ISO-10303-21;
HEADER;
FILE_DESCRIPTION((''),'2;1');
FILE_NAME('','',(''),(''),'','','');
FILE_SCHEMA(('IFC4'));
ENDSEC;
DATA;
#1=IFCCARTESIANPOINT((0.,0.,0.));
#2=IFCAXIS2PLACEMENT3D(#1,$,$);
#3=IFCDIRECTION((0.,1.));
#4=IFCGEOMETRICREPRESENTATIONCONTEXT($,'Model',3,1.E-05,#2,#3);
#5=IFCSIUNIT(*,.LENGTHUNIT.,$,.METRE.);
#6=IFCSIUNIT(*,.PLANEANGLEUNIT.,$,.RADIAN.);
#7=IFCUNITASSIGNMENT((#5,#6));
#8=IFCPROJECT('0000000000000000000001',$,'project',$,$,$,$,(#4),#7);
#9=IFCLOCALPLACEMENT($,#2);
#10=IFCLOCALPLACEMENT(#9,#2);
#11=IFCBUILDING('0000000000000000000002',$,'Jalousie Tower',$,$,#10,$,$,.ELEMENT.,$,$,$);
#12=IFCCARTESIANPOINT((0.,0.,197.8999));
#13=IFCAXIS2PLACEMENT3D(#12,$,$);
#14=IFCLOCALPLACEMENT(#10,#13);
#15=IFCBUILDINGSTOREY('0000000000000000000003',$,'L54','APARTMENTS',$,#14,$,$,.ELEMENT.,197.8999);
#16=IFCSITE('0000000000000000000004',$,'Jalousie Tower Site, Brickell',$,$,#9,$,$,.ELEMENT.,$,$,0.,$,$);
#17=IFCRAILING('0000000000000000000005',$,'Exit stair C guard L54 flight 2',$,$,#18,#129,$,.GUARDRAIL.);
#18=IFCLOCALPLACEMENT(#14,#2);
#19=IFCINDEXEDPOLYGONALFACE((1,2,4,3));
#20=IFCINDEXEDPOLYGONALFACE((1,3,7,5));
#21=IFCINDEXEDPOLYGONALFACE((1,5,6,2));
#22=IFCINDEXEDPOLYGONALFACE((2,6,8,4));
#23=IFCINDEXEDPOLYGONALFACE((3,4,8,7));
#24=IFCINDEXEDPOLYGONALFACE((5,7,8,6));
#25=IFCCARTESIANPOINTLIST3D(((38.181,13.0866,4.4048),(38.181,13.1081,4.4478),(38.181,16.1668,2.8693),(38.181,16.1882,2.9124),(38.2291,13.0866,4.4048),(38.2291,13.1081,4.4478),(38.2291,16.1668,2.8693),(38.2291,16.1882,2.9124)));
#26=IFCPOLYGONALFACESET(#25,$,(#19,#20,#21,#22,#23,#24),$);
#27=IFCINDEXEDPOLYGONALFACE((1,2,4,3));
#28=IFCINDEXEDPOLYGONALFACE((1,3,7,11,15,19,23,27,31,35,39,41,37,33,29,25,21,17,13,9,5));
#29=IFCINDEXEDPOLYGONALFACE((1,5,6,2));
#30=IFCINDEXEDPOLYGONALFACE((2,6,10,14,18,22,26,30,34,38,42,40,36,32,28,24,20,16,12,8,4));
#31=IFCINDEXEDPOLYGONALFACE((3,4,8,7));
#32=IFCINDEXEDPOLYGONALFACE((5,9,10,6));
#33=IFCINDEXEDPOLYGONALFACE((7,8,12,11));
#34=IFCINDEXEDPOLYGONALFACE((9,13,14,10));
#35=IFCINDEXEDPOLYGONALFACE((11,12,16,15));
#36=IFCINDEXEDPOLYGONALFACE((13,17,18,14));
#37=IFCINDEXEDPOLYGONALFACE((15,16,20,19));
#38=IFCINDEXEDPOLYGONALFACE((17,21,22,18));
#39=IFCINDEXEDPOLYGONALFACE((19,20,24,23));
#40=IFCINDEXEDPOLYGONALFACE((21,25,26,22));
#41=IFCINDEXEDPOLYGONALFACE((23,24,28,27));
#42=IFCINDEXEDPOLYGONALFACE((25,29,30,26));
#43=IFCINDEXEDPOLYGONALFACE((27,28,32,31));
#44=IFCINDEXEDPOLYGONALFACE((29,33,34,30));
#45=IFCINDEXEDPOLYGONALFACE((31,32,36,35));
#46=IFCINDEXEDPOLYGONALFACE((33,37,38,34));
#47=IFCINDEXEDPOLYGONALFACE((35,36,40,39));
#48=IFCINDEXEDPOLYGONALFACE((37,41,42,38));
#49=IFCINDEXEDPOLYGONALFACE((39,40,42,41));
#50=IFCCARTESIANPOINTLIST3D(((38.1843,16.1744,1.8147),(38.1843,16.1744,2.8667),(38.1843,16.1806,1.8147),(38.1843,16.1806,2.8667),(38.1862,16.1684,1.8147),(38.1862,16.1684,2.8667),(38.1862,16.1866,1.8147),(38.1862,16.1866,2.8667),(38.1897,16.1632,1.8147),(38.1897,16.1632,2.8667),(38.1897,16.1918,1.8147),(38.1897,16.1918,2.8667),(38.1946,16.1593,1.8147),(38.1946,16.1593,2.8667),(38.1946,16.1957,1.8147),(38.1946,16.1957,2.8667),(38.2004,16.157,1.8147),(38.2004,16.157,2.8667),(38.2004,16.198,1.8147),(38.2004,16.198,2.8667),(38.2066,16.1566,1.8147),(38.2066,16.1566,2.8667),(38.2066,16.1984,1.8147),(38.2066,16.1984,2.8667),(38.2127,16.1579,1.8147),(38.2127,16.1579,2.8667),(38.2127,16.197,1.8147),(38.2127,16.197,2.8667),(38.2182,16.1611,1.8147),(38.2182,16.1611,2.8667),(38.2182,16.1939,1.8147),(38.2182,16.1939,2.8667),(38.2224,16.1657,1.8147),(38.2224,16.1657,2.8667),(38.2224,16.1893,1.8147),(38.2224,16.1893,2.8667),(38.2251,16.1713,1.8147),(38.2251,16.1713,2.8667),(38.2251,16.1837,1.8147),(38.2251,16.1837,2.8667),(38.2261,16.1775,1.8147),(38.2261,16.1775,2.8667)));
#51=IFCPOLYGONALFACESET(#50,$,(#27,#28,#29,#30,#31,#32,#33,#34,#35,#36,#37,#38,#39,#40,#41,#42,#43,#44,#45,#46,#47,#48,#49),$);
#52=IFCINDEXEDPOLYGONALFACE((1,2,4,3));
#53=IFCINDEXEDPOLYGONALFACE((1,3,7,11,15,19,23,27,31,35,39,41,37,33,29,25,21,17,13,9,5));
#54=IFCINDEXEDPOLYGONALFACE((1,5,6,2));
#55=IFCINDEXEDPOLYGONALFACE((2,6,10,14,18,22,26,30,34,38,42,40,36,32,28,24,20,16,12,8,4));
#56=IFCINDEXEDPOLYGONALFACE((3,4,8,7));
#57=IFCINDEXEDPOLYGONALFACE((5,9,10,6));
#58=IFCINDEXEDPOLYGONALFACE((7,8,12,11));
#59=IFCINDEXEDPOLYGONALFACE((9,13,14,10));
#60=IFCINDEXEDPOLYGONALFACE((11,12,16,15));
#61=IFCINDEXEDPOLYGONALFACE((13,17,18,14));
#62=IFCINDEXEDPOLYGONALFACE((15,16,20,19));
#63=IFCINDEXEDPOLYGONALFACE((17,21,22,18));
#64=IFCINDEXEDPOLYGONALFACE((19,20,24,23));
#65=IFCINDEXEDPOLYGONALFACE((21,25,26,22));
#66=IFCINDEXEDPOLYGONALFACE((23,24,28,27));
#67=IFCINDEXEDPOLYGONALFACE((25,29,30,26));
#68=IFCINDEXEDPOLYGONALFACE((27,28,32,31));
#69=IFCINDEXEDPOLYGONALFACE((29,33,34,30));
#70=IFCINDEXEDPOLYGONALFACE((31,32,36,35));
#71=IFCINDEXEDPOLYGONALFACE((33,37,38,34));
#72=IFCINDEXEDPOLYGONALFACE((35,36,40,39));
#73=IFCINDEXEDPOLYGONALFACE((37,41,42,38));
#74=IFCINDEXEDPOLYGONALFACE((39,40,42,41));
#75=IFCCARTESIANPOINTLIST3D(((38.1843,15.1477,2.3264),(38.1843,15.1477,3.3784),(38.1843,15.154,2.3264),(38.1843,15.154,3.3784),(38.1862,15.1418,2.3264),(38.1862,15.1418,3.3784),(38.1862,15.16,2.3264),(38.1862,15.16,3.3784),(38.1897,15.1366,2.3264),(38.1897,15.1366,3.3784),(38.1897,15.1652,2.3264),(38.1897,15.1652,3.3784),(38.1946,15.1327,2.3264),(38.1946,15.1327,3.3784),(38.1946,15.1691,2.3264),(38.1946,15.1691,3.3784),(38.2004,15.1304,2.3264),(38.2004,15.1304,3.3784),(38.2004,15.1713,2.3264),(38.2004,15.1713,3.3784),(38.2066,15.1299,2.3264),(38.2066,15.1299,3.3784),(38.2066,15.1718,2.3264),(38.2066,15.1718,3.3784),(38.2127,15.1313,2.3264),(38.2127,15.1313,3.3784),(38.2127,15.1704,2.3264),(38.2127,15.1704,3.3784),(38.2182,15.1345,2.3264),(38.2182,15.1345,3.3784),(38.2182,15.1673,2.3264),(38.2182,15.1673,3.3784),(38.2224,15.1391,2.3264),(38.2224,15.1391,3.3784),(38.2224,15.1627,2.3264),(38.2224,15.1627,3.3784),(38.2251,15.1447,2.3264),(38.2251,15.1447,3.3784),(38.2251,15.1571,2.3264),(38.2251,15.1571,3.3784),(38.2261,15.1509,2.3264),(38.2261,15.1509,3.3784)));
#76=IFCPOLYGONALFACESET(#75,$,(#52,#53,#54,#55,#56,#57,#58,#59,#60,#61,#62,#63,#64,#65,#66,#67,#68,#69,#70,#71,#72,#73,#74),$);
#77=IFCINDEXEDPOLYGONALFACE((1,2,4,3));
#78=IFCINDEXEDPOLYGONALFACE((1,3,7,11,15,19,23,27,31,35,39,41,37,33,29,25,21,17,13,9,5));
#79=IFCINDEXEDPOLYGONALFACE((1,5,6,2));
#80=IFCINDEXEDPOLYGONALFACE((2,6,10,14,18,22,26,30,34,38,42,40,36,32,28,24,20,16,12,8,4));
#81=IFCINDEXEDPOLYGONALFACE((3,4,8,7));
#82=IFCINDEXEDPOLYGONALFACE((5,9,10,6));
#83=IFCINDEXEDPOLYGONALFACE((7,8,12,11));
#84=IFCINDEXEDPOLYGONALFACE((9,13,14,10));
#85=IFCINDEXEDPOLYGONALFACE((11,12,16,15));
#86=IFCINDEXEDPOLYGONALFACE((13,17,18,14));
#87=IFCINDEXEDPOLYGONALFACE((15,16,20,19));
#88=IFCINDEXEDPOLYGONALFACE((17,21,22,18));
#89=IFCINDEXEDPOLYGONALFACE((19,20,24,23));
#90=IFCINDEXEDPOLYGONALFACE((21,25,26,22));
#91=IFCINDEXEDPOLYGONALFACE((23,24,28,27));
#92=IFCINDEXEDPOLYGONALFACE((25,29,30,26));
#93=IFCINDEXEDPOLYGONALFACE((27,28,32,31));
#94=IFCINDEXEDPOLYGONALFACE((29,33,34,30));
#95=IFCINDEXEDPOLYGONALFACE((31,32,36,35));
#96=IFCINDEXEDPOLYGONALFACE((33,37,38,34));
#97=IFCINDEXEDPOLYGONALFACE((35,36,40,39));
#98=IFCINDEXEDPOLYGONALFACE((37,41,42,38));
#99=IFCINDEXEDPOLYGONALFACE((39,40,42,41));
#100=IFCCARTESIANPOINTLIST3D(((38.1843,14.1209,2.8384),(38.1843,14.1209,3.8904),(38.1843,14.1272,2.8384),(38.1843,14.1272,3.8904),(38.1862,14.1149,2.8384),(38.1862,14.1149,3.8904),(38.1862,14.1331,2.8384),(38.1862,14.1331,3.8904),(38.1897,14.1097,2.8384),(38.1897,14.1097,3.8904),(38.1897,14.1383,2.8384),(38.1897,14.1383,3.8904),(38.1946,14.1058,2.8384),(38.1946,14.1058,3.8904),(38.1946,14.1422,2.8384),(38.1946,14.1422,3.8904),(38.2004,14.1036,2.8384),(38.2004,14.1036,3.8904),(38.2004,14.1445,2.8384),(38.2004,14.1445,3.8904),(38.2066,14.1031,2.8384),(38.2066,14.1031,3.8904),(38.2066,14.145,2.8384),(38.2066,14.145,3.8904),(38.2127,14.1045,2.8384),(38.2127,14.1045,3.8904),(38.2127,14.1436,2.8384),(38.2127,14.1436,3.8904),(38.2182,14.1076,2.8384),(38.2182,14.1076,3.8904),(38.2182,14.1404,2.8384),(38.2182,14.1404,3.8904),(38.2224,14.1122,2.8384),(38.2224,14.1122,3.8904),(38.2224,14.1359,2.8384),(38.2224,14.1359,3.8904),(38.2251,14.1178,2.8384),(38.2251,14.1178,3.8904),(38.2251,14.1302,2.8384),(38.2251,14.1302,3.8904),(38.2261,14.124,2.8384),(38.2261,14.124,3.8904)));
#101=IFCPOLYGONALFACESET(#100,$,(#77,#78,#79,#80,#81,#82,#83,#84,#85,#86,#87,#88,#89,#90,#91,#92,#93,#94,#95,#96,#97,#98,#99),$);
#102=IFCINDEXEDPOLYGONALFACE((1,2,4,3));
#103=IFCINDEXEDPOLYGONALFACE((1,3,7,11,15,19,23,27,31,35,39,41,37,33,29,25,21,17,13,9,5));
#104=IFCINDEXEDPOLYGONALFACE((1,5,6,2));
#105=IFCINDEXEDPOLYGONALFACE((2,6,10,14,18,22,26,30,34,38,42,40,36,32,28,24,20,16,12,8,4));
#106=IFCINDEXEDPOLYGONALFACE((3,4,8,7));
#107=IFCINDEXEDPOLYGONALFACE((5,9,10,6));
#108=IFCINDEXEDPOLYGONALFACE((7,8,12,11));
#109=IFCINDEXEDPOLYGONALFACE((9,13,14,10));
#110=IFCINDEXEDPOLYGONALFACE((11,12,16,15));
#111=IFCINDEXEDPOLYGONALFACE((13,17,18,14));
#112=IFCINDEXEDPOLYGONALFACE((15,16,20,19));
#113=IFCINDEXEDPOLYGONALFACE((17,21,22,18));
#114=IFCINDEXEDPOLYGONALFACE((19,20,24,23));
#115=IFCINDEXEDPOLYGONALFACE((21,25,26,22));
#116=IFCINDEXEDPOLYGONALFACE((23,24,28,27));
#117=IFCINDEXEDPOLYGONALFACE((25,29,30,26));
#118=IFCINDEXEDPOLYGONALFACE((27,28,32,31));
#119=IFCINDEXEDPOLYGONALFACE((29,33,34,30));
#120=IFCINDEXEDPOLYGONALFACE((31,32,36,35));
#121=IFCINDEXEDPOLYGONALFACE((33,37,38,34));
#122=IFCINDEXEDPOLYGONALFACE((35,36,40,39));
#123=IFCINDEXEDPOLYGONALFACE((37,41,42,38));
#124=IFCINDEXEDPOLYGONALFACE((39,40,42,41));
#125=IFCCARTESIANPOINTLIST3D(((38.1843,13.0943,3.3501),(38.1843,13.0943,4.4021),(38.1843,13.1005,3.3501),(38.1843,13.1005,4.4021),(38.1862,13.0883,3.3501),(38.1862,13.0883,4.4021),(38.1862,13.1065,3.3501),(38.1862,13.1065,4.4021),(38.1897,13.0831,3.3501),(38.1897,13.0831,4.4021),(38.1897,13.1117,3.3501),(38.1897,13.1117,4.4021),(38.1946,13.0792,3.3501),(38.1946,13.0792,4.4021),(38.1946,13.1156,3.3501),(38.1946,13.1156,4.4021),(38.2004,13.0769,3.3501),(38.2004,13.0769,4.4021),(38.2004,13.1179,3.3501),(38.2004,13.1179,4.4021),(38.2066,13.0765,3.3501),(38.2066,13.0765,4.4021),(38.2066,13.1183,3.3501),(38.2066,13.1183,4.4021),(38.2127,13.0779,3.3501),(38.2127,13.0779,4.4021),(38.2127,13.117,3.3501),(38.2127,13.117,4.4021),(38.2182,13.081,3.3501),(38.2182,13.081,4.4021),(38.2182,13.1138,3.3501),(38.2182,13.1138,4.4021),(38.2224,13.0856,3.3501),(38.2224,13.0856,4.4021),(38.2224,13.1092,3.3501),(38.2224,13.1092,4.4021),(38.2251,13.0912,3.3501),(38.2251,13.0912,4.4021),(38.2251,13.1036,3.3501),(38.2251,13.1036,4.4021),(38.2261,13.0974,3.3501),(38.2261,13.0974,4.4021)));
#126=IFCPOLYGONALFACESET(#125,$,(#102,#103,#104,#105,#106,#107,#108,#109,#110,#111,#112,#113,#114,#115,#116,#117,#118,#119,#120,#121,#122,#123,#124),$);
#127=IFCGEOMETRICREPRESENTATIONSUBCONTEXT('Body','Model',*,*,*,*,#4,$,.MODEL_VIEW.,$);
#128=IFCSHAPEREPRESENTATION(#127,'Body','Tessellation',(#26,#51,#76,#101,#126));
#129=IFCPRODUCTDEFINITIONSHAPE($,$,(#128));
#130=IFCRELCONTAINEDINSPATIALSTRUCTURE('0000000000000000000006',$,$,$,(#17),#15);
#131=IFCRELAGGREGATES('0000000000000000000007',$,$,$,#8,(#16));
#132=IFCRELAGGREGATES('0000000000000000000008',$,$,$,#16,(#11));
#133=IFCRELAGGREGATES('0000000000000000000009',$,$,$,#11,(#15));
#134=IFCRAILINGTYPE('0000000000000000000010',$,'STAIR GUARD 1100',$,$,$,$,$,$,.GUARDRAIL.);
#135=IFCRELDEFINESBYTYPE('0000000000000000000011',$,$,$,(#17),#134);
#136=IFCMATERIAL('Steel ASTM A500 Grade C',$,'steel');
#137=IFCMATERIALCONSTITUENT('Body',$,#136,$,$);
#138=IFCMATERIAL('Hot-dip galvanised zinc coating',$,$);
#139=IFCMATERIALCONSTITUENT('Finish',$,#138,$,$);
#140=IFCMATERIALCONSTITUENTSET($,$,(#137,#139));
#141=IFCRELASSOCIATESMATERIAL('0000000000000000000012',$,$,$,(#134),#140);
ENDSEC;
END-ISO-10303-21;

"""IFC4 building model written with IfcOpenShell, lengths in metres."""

from ifc_helpers import new_model, si_unit, direction, frame, origin, origin_2d, place, context, subcontext, project, spatial, rectangle, circle, extrude, material, constituent, constituent_set, type_object, element, save


model = new_model("IFC4")

# Units and contexts
model_context = context("Model", 3, precision=1e-05, world=origin(), true_north=direction((0.0, 1.0)))
body_context = subcontext(model_context, "Body", "Model", "MODEL_VIEW")
ifc_project = project(units=[si_unit("LENGTHUNIT", "METRE"), si_unit("PLANEANGLEUNIT", "RADIAN")], contexts=[model_context])

# Site, building, storey
site_placement = place(None, origin())
site = spatial("IfcSite", under=ifc_project, at=site_placement, Name="Jalousie Tower Site, Brickell", CompositionType="ELEMENT", RefElevation=0.0)
building_placement = place(site_placement, origin())
building = spatial("IfcBuilding", under=site, at=building_placement, Name="Jalousie Tower", CompositionType="ELEMENT")
storey_placement = place(building_placement, frame((0.0, 0.0, 197.8999)))
storey = spatial("IfcBuildingStorey", under=building, at=storey_placement, Name="L54", Description="APARTMENTS", CompositionType="ELEMENT", Elevation=197.8999)

# Railing
ifc_material_1 = material(Name="Steel ASTM A500 Grade C", Category="steel")
ifc_constituent_1 = constituent(ifc_material_1, Name="Body")
ifc_material_2 = material(Name="Hot-dip galvanised zinc coating")
ifc_constituent_2 = constituent(ifc_material_2, Name="Finish")
ifc_constituent_set_1 = constituent_set(constituents=[ifc_constituent_1, ifc_constituent_2])
railing_type_1 = type_object("IfcRailingType", Name="STAIR GUARD 1100", PredefinedType="GUARDRAIL", material=ifc_constituent_set_1)
railing_1_placement = place(storey_placement, frame((38.2051, 16.1775, 1.8147)))
element("IfcRailing", 1, at=railing_1_placement, inside=storey, type_object=railing_type_1, Name="Exit stair C guard L54 flight 2", PredefinedType="GUARDRAIL", context=body_context, shape_type="SweptSolid", body=[
    extrude(rectangle(XDim=0.0481, YDim=0.0481, at=origin_2d()), frame((0.0, 0.0, 1.0762), z_axis=(0.0, -0.894966, 0.446135), x_axis=(1.0, 0.0, 0.0)), (0.0, 0.0, 1.0), 3.4417),
    extrude(circle(Radius=0.021, at=origin_2d()), origin(), (0.0, 0.0, 1.0), 1.052),
    extrude(circle(Radius=0.021, at=origin_2d()), frame((0.0, -1.0266, 0.5117)), (0.0, 0.0, 1.0), 1.052),
    extrude(circle(Radius=0.021, at=origin_2d()), frame((0.0, -2.0535, 1.0237)), (0.0, 0.0, 1.0), 1.052),
    extrude(circle(Radius=0.021, at=origin_2d()), frame((0.0, -3.0801, 1.5354)), (0.0, 0.0, 1.0), 1.052),
])

save(model, "model.ifc")
